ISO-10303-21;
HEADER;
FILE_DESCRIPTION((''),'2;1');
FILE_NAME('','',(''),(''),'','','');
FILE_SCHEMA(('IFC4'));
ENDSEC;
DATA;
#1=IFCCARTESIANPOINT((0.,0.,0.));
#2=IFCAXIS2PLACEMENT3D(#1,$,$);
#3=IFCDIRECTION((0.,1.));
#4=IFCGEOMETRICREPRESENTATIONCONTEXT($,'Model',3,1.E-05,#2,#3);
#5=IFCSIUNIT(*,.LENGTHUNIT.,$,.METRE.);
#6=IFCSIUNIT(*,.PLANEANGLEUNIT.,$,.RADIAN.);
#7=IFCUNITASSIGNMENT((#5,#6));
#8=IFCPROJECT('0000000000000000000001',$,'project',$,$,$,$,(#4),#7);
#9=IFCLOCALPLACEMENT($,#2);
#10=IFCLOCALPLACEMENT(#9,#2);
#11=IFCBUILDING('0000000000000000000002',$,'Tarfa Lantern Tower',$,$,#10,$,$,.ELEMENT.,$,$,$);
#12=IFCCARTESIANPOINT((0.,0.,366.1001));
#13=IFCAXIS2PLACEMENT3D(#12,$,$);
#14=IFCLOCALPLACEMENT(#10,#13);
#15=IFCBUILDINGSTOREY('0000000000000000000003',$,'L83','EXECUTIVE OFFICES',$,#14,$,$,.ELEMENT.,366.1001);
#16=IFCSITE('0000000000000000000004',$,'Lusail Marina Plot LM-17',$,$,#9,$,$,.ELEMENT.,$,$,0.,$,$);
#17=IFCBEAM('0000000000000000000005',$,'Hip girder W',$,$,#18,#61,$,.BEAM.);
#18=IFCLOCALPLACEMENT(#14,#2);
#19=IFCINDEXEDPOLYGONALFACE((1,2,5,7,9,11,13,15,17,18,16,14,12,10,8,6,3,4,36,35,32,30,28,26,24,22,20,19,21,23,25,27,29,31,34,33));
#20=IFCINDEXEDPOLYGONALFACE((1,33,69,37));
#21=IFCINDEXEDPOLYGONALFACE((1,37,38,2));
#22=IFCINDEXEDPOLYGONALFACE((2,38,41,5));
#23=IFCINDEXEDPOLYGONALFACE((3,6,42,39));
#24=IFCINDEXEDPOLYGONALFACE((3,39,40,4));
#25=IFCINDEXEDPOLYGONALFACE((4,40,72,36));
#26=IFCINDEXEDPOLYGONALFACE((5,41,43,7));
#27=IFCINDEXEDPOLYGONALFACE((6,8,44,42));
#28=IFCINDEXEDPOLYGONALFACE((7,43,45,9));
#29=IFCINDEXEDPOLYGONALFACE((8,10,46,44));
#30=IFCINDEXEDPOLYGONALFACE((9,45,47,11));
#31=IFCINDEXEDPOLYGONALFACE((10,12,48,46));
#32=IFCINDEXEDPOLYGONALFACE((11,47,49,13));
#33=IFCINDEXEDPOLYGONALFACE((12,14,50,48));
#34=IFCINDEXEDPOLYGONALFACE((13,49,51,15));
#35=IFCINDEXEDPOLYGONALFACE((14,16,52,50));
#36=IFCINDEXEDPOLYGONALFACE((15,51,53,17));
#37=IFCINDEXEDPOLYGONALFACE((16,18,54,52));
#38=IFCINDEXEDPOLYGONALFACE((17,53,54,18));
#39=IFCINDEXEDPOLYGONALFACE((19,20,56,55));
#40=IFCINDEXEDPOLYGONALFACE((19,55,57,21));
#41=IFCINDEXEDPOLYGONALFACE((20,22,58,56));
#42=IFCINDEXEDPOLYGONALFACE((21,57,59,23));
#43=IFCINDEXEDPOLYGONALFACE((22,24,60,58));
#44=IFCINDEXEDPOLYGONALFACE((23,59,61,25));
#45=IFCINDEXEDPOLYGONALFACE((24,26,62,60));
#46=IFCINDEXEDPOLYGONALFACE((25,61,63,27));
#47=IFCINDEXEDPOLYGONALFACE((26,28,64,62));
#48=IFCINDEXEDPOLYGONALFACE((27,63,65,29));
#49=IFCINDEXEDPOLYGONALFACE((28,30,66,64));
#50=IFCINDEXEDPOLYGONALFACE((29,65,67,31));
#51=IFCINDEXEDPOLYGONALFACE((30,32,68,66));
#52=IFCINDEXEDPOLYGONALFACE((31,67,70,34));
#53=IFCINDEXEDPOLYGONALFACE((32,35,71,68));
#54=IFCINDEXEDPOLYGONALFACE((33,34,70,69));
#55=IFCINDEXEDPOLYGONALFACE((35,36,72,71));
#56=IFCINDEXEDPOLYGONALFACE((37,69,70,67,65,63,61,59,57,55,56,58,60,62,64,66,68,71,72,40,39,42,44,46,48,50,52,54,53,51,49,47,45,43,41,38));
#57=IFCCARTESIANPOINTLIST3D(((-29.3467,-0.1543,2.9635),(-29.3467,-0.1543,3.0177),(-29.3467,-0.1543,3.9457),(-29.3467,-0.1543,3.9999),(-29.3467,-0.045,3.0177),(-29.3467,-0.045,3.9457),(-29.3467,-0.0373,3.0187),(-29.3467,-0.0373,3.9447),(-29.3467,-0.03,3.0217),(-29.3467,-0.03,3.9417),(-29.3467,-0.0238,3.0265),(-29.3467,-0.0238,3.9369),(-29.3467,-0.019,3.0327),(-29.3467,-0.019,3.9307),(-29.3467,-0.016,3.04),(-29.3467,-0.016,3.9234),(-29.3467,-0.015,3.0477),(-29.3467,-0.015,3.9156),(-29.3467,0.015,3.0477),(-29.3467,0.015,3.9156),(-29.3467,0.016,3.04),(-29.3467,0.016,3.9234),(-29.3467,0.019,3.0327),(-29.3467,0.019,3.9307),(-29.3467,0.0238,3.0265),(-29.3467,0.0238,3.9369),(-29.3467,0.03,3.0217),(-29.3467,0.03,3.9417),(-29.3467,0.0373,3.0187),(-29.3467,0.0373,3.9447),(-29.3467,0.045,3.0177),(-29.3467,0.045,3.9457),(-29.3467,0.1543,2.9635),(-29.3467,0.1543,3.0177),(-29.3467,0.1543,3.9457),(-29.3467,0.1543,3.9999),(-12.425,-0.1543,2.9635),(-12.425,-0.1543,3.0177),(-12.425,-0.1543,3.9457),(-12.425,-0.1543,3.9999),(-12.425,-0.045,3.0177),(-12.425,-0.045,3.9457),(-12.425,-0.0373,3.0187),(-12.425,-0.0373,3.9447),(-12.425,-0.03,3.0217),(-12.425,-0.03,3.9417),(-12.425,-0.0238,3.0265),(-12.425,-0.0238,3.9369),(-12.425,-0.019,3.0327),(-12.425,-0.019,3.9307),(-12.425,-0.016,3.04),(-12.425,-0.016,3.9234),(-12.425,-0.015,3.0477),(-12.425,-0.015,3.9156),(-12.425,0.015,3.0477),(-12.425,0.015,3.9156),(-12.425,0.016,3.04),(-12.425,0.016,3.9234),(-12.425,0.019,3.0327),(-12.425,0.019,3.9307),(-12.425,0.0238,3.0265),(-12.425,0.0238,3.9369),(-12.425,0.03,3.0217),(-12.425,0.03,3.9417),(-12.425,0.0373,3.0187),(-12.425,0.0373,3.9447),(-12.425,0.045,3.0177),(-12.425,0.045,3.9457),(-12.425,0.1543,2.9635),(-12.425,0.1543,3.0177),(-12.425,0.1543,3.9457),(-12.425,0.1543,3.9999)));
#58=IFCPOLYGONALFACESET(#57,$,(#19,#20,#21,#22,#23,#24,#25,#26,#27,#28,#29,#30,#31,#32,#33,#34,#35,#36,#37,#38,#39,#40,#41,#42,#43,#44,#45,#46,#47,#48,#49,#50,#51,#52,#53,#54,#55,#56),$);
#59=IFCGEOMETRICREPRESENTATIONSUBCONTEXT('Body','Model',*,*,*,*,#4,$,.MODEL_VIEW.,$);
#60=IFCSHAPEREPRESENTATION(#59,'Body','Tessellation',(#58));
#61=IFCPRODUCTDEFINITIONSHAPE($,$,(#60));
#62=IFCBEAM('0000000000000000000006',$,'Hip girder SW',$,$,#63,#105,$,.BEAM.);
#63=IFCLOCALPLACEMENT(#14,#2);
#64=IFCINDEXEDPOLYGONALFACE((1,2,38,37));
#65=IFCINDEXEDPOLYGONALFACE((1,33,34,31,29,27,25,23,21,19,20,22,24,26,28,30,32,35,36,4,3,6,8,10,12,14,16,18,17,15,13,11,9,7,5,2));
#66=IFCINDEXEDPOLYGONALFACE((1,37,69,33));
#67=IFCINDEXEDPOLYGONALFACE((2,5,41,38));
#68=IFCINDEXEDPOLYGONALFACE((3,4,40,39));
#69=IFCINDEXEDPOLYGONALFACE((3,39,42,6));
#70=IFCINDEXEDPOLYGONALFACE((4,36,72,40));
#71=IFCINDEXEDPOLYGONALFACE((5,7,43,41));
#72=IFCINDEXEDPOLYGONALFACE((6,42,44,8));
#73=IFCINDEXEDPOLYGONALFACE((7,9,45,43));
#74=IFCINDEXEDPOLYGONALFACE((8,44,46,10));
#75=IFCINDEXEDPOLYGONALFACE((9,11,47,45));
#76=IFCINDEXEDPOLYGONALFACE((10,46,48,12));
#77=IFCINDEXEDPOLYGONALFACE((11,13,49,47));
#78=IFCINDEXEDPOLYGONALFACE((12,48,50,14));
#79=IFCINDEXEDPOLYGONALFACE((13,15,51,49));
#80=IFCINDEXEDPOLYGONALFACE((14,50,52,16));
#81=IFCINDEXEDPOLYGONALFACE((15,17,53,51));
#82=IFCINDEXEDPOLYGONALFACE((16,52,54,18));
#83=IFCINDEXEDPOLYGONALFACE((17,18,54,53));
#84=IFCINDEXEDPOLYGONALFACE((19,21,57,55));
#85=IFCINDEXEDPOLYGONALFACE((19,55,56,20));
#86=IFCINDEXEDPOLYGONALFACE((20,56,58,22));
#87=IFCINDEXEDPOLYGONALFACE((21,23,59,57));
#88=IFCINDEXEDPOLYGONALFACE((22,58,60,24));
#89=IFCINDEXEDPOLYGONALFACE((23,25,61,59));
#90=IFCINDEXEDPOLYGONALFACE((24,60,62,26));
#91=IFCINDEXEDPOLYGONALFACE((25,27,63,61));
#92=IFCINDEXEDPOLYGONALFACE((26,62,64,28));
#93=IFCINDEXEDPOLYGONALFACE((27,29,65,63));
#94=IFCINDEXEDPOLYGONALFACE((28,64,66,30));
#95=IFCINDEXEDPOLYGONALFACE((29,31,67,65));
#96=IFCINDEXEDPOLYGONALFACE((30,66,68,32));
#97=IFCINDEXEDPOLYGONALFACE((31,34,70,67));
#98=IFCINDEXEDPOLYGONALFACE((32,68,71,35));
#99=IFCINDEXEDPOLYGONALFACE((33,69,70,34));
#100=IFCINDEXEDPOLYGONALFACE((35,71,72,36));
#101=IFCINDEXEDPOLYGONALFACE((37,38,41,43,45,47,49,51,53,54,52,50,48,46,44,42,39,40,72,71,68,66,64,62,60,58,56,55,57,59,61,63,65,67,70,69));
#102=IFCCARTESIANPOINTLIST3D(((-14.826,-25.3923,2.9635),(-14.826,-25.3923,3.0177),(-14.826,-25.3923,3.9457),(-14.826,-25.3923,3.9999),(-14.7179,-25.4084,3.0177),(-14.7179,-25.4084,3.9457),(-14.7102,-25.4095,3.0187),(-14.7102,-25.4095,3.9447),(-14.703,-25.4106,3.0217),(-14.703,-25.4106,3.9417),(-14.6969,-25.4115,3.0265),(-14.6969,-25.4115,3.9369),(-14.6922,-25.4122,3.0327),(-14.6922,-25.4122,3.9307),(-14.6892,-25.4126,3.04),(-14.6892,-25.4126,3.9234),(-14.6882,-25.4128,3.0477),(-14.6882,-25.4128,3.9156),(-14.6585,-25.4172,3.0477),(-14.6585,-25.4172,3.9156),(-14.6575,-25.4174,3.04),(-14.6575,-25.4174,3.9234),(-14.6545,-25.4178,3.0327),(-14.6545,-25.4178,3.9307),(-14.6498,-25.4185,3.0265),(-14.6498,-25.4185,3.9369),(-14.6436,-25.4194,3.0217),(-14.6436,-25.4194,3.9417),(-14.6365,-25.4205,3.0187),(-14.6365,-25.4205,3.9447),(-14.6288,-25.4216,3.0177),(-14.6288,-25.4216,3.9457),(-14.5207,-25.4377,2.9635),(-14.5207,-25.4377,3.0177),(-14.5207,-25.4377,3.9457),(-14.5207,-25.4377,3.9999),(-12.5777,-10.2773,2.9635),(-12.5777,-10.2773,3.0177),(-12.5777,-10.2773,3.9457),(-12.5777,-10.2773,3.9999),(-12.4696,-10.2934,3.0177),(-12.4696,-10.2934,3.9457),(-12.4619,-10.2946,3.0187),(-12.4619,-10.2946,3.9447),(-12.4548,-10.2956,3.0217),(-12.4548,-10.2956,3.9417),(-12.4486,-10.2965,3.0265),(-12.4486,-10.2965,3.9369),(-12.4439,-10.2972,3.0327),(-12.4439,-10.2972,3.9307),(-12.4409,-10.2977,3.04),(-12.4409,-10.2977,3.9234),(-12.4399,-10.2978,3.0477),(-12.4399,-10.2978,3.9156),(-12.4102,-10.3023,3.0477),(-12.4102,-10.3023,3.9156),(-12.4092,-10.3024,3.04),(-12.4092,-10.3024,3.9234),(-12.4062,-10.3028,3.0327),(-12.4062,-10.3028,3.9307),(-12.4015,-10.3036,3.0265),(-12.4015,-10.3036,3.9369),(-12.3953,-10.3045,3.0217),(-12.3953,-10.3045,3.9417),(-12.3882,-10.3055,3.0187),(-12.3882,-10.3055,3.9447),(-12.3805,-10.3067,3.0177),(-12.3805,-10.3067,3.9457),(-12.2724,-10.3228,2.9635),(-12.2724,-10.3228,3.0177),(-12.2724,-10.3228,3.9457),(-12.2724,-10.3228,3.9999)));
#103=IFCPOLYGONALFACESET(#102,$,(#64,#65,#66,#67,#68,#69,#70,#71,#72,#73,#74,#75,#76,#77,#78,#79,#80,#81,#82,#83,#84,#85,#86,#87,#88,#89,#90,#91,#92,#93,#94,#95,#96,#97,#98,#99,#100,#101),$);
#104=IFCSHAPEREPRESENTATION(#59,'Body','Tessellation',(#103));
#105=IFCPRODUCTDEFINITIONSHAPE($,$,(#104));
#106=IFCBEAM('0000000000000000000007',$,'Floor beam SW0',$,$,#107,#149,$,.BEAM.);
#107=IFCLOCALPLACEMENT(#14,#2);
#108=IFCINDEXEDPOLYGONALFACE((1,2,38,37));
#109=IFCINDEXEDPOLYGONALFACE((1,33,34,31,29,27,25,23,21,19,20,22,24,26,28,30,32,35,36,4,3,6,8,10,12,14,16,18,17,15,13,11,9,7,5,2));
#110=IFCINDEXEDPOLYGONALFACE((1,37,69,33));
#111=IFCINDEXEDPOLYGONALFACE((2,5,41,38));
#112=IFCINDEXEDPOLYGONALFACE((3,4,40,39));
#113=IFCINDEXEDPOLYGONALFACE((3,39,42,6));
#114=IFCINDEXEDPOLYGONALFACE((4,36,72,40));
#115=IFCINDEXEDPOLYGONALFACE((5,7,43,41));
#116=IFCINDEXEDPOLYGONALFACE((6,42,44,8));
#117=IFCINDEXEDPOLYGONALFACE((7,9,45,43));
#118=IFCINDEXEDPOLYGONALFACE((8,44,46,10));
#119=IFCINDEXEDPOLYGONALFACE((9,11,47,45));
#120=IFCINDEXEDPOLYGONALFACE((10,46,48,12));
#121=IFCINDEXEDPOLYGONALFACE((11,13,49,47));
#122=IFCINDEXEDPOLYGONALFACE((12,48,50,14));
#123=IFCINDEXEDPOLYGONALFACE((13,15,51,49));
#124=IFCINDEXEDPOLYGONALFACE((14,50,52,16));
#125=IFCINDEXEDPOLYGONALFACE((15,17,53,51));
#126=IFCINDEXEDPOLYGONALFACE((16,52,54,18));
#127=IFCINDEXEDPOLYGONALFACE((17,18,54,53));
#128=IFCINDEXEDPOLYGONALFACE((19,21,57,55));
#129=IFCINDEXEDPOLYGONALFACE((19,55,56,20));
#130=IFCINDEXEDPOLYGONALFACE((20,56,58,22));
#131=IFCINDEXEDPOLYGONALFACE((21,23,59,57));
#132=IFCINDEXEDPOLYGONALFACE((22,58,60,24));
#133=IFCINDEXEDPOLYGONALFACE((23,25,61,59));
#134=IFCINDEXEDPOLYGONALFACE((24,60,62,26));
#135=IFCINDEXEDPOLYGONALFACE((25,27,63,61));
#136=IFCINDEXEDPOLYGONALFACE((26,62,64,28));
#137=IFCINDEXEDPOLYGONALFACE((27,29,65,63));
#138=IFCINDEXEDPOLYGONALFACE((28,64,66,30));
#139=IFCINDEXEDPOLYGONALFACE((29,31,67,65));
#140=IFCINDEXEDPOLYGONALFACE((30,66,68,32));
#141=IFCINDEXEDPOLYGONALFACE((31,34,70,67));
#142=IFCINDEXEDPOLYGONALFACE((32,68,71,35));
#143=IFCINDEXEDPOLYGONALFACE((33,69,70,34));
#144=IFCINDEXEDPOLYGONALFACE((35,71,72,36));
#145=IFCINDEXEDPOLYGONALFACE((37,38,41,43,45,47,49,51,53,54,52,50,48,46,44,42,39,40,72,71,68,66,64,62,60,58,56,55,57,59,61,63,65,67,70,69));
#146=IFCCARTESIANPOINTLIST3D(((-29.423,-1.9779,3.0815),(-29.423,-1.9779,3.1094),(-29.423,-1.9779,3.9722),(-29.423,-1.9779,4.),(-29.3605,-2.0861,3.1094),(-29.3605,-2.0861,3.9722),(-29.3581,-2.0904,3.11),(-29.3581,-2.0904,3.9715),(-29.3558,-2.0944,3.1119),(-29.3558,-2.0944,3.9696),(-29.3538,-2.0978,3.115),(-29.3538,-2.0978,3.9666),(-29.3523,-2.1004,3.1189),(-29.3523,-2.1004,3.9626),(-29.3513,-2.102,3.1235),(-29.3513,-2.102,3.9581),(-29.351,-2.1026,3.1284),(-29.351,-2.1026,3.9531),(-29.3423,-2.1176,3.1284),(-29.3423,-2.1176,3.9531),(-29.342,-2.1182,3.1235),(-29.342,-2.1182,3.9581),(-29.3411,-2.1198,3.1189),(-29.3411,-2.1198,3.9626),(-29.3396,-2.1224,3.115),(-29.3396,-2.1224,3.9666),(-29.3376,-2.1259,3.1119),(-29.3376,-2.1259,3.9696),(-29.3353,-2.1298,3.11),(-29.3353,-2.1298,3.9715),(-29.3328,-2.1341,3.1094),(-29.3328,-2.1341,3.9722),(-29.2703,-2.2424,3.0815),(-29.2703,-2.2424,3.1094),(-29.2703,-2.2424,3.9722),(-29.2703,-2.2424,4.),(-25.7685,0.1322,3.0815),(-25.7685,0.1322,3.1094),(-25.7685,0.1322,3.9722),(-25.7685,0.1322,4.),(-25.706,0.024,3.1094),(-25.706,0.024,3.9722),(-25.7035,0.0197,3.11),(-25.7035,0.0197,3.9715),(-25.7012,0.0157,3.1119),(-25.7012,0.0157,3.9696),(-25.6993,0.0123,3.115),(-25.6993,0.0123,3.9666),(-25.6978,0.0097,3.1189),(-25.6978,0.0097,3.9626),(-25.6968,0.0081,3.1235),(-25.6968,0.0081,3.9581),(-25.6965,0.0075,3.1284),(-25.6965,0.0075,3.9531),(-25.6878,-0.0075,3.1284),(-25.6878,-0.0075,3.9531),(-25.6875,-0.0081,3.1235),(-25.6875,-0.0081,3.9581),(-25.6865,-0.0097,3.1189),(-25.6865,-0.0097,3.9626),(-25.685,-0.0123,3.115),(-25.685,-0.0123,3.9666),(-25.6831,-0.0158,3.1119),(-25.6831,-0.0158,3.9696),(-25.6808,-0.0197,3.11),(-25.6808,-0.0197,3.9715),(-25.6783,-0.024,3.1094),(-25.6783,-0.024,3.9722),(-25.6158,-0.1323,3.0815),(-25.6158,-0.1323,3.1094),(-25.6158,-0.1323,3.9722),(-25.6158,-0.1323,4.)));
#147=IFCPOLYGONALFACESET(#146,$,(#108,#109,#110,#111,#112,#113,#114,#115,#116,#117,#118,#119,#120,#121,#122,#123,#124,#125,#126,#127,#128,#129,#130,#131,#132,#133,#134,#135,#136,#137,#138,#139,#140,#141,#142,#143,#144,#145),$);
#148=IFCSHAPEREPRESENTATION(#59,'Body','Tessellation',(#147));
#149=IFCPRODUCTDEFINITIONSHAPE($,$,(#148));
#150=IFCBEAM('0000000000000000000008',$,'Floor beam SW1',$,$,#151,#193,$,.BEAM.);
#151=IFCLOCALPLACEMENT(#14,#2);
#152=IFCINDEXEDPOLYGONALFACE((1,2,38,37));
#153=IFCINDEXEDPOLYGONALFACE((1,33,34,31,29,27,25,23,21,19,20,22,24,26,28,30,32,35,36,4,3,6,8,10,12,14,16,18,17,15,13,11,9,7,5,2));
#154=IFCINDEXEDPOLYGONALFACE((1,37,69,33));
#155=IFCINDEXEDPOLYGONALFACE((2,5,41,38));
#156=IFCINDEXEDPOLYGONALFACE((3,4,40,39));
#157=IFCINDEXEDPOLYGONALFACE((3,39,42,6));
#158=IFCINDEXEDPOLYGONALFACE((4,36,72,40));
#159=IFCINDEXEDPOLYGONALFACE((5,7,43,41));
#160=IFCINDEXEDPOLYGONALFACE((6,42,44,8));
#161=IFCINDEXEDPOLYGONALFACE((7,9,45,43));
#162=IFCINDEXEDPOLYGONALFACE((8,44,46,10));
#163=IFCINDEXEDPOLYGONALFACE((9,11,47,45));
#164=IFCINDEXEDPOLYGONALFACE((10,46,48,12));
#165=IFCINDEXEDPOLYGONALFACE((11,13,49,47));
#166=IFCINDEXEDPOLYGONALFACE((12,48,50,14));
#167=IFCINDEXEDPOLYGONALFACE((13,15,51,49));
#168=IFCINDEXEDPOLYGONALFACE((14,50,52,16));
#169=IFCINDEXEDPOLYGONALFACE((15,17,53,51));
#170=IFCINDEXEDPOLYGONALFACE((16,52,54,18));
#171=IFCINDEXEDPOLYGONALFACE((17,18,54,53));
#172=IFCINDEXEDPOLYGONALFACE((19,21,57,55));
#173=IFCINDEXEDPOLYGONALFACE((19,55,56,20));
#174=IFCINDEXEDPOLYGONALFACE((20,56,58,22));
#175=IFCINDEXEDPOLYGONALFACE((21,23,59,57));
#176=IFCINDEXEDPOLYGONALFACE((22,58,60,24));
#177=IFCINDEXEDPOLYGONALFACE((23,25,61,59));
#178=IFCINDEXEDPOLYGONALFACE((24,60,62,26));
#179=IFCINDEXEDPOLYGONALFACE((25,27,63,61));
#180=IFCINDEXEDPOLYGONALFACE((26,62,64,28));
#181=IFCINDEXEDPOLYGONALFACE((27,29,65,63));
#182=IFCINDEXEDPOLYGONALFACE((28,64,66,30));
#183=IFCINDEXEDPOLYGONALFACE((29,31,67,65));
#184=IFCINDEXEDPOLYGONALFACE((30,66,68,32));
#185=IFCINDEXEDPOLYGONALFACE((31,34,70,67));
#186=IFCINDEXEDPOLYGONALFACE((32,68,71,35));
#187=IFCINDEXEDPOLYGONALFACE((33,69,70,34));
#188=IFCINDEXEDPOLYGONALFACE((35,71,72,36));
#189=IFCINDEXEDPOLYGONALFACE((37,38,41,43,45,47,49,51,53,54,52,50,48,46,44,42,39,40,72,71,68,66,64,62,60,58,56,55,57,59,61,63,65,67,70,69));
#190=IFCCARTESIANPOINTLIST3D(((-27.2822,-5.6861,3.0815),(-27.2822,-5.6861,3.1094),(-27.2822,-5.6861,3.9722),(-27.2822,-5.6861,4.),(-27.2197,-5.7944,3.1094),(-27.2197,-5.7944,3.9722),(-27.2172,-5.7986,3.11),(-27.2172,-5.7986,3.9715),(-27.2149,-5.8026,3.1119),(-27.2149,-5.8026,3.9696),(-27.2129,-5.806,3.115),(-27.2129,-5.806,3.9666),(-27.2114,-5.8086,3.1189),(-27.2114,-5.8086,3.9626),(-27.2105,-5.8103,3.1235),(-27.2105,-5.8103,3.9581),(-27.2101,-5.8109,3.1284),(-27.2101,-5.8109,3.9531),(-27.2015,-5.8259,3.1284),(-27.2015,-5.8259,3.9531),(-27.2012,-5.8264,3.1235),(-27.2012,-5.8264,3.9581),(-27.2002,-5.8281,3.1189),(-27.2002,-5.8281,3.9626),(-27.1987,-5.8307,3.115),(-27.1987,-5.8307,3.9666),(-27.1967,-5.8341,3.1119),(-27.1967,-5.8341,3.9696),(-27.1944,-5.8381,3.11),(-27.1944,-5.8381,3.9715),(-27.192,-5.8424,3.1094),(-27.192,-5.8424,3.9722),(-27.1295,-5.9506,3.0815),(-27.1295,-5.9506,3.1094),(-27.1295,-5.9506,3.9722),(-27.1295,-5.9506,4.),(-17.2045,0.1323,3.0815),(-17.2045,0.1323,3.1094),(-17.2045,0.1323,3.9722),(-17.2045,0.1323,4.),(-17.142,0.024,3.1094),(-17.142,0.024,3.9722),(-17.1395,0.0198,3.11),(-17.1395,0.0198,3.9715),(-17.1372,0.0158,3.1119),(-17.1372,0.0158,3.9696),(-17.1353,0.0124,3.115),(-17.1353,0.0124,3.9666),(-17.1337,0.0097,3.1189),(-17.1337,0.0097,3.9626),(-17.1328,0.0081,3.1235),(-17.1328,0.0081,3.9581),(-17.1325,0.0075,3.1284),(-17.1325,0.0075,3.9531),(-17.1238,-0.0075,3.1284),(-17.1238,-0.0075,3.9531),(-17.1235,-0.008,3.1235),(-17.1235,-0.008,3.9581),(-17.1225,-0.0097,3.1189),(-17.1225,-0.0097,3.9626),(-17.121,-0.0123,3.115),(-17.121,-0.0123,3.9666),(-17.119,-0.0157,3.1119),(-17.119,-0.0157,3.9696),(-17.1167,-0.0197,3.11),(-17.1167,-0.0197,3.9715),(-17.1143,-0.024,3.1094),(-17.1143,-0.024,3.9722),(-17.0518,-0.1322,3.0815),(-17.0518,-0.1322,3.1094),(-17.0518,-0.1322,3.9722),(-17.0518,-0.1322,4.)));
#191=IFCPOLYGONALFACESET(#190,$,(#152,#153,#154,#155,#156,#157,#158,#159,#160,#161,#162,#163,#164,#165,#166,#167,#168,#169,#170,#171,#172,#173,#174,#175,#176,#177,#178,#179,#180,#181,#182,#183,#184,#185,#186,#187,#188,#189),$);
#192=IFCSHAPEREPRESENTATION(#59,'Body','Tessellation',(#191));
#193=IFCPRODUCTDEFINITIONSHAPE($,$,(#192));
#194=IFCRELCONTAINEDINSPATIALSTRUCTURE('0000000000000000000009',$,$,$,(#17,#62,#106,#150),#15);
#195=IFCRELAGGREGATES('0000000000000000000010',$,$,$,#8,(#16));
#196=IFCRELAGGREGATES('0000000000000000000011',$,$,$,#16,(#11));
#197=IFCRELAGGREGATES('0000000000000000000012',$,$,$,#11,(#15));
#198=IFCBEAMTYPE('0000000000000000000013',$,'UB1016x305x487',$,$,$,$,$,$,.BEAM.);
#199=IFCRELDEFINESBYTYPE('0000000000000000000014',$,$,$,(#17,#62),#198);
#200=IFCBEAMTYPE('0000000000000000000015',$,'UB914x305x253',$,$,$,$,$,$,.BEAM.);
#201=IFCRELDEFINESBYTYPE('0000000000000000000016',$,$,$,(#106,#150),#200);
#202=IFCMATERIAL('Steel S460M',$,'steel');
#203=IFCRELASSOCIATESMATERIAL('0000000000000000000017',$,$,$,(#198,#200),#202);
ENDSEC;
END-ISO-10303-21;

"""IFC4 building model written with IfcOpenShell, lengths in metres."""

from ifc_helpers import new_model, si_unit, direction, frame, origin, origin_2d, place, context, subcontext, project, spatial, i_section, extrude, material, material_profile, profile_set, type_object, element, save


model = new_model("IFC4")

# Units and contexts
model_context = context("Model", 3, precision=1e-05, world=origin(), true_north=direction((0.0, 1.0)))
body_context = subcontext(model_context, "Body", "Model", "MODEL_VIEW")
ifc_project = project(units=[si_unit("LENGTHUNIT", "METRE"), si_unit("PLANEANGLEUNIT", "RADIAN")], contexts=[model_context])

# Site, building, storey
site_placement = place(None, origin())
site = spatial("IfcSite", under=ifc_project, at=site_placement, Name="Lusail Marina Plot LM-17", CompositionType="ELEMENT", RefElevation=0.0)
building_placement = place(site_placement, origin())
building = spatial("IfcBuilding", under=site, at=building_placement, Name="Tarfa Lantern Tower", CompositionType="ELEMENT")
storey_placement = place(building_placement, frame((0.0, 0.0, 366.1001)))
storey = spatial("IfcBuildingStorey", under=building, at=storey_placement, Name="L83", Description="EXECUTIVE OFFICES", CompositionType="ELEMENT", Elevation=366.1001)

# Beams
ifc_material_1 = material(Name="Steel S460M", Category="steel")
ifc_material_profile_1 = material_profile(ifc_material_1, i_section(OverallWidth=0.3086, OverallDepth=1.0364, WebThickness=0.03, FlangeThickness=0.0542, FilletRadius=0.03, at=origin_2d()), Name="UB1016x305x487")
ifc_profile_set_1 = profile_set([ifc_material_profile_1], Name="Steel S460M")
beam_type_1 = type_object("IfcBeamType", Name="UB1016x305x487", PredefinedType="BEAM", material=ifc_profile_set_1)
beam_1_placement = place(storey_placement, frame((-12.425, 0.0, 3.4817), z_axis=(-1.0, 0.0, 0.0), x_axis=(0.0, -1.0, 0.0)))
element("IfcBeam", 1, at=beam_1_placement, inside=storey, type_object=beam_type_1, Name="Hip girder W", PredefinedType="BEAM", context=body_context, shape_type="SweptSolid", body=[
    extrude(i_section(OverallWidth=0.3086, OverallDepth=1.0364, WebThickness=0.03, FlangeThickness=0.0542, FilletRadius=0.03, at=origin_2d()), origin(), (0.0, 0.0, 1.0), 16.9216),
])
beam_2_placement = place(storey_placement, frame((-12.425, -10.3, 3.4817), z_axis=(-0.147127, -0.989118, 0.0), x_axis=(0.989118, -0.147127, 0.0)))
element("IfcBeam", 2, at=beam_2_placement, inside=storey, type_object=beam_type_1, Name="Hip girder SW", PredefinedType="BEAM", context=body_context, shape_type="SweptSolid", body=[
    extrude(i_section(OverallWidth=0.3086, OverallDepth=1.0364, WebThickness=0.03, FlangeThickness=0.0542, FilletRadius=0.03, at=origin_2d()), origin(), (0.0, 0.0, 1.0), 15.2812),
])
ifc_material_profile_2 = material_profile(ifc_material_1, i_section(OverallWidth=0.3054, OverallDepth=0.9185, WebThickness=0.0173, FlangeThickness=0.0278, FilletRadius=0.019, at=origin_2d()), Name="UB914x305x253")
ifc_profile_set_2 = profile_set([ifc_material_profile_2], Name="Steel S460M")
beam_type_2 = type_object("IfcBeamType", Name="UB914x305x253", PredefinedType="BEAM", material=ifc_profile_set_2)
beam_3_placement = place(storey_placement, frame((-29.3467, -2.1101, 3.5408), z_axis=(0.866009, 0.500028, 0.0), x_axis=(-0.500028, 0.866009, 0.0)))
element("IfcBeam", 3, at=beam_3_placement, inside=storey, type_object=beam_type_2, Name="Floor beam SW0", PredefinedType="BEAM", context=body_context, shape_type="SweptSolid", body=[
    extrude(i_section(OverallWidth=0.3054, OverallDepth=0.9185, WebThickness=0.0173, FlangeThickness=0.0278, FilletRadius=0.019, at=origin_2d()), origin(), (0.0, 0.0, 1.0), 4.22),
])
beam_4_placement = place(storey_placement, frame((-27.2058, -5.8184, 3.5408), z_axis=(0.866024, 0.500002, 0.0), x_axis=(-0.500002, 0.866024, 0.0)))
element("IfcBeam", 4, at=beam_4_placement, inside=storey, type_object=beam_type_2, Name="Floor beam SW1", PredefinedType="BEAM", context=body_context, shape_type="SweptSolid", body=[
    extrude(i_section(OverallWidth=0.3054, OverallDepth=0.9185, WebThickness=0.0173, FlangeThickness=0.0278, FilletRadius=0.019, at=origin_2d()), origin(), (0.0, 0.0, 1.0), 11.6367),
])

save(model, "model.ifc")
